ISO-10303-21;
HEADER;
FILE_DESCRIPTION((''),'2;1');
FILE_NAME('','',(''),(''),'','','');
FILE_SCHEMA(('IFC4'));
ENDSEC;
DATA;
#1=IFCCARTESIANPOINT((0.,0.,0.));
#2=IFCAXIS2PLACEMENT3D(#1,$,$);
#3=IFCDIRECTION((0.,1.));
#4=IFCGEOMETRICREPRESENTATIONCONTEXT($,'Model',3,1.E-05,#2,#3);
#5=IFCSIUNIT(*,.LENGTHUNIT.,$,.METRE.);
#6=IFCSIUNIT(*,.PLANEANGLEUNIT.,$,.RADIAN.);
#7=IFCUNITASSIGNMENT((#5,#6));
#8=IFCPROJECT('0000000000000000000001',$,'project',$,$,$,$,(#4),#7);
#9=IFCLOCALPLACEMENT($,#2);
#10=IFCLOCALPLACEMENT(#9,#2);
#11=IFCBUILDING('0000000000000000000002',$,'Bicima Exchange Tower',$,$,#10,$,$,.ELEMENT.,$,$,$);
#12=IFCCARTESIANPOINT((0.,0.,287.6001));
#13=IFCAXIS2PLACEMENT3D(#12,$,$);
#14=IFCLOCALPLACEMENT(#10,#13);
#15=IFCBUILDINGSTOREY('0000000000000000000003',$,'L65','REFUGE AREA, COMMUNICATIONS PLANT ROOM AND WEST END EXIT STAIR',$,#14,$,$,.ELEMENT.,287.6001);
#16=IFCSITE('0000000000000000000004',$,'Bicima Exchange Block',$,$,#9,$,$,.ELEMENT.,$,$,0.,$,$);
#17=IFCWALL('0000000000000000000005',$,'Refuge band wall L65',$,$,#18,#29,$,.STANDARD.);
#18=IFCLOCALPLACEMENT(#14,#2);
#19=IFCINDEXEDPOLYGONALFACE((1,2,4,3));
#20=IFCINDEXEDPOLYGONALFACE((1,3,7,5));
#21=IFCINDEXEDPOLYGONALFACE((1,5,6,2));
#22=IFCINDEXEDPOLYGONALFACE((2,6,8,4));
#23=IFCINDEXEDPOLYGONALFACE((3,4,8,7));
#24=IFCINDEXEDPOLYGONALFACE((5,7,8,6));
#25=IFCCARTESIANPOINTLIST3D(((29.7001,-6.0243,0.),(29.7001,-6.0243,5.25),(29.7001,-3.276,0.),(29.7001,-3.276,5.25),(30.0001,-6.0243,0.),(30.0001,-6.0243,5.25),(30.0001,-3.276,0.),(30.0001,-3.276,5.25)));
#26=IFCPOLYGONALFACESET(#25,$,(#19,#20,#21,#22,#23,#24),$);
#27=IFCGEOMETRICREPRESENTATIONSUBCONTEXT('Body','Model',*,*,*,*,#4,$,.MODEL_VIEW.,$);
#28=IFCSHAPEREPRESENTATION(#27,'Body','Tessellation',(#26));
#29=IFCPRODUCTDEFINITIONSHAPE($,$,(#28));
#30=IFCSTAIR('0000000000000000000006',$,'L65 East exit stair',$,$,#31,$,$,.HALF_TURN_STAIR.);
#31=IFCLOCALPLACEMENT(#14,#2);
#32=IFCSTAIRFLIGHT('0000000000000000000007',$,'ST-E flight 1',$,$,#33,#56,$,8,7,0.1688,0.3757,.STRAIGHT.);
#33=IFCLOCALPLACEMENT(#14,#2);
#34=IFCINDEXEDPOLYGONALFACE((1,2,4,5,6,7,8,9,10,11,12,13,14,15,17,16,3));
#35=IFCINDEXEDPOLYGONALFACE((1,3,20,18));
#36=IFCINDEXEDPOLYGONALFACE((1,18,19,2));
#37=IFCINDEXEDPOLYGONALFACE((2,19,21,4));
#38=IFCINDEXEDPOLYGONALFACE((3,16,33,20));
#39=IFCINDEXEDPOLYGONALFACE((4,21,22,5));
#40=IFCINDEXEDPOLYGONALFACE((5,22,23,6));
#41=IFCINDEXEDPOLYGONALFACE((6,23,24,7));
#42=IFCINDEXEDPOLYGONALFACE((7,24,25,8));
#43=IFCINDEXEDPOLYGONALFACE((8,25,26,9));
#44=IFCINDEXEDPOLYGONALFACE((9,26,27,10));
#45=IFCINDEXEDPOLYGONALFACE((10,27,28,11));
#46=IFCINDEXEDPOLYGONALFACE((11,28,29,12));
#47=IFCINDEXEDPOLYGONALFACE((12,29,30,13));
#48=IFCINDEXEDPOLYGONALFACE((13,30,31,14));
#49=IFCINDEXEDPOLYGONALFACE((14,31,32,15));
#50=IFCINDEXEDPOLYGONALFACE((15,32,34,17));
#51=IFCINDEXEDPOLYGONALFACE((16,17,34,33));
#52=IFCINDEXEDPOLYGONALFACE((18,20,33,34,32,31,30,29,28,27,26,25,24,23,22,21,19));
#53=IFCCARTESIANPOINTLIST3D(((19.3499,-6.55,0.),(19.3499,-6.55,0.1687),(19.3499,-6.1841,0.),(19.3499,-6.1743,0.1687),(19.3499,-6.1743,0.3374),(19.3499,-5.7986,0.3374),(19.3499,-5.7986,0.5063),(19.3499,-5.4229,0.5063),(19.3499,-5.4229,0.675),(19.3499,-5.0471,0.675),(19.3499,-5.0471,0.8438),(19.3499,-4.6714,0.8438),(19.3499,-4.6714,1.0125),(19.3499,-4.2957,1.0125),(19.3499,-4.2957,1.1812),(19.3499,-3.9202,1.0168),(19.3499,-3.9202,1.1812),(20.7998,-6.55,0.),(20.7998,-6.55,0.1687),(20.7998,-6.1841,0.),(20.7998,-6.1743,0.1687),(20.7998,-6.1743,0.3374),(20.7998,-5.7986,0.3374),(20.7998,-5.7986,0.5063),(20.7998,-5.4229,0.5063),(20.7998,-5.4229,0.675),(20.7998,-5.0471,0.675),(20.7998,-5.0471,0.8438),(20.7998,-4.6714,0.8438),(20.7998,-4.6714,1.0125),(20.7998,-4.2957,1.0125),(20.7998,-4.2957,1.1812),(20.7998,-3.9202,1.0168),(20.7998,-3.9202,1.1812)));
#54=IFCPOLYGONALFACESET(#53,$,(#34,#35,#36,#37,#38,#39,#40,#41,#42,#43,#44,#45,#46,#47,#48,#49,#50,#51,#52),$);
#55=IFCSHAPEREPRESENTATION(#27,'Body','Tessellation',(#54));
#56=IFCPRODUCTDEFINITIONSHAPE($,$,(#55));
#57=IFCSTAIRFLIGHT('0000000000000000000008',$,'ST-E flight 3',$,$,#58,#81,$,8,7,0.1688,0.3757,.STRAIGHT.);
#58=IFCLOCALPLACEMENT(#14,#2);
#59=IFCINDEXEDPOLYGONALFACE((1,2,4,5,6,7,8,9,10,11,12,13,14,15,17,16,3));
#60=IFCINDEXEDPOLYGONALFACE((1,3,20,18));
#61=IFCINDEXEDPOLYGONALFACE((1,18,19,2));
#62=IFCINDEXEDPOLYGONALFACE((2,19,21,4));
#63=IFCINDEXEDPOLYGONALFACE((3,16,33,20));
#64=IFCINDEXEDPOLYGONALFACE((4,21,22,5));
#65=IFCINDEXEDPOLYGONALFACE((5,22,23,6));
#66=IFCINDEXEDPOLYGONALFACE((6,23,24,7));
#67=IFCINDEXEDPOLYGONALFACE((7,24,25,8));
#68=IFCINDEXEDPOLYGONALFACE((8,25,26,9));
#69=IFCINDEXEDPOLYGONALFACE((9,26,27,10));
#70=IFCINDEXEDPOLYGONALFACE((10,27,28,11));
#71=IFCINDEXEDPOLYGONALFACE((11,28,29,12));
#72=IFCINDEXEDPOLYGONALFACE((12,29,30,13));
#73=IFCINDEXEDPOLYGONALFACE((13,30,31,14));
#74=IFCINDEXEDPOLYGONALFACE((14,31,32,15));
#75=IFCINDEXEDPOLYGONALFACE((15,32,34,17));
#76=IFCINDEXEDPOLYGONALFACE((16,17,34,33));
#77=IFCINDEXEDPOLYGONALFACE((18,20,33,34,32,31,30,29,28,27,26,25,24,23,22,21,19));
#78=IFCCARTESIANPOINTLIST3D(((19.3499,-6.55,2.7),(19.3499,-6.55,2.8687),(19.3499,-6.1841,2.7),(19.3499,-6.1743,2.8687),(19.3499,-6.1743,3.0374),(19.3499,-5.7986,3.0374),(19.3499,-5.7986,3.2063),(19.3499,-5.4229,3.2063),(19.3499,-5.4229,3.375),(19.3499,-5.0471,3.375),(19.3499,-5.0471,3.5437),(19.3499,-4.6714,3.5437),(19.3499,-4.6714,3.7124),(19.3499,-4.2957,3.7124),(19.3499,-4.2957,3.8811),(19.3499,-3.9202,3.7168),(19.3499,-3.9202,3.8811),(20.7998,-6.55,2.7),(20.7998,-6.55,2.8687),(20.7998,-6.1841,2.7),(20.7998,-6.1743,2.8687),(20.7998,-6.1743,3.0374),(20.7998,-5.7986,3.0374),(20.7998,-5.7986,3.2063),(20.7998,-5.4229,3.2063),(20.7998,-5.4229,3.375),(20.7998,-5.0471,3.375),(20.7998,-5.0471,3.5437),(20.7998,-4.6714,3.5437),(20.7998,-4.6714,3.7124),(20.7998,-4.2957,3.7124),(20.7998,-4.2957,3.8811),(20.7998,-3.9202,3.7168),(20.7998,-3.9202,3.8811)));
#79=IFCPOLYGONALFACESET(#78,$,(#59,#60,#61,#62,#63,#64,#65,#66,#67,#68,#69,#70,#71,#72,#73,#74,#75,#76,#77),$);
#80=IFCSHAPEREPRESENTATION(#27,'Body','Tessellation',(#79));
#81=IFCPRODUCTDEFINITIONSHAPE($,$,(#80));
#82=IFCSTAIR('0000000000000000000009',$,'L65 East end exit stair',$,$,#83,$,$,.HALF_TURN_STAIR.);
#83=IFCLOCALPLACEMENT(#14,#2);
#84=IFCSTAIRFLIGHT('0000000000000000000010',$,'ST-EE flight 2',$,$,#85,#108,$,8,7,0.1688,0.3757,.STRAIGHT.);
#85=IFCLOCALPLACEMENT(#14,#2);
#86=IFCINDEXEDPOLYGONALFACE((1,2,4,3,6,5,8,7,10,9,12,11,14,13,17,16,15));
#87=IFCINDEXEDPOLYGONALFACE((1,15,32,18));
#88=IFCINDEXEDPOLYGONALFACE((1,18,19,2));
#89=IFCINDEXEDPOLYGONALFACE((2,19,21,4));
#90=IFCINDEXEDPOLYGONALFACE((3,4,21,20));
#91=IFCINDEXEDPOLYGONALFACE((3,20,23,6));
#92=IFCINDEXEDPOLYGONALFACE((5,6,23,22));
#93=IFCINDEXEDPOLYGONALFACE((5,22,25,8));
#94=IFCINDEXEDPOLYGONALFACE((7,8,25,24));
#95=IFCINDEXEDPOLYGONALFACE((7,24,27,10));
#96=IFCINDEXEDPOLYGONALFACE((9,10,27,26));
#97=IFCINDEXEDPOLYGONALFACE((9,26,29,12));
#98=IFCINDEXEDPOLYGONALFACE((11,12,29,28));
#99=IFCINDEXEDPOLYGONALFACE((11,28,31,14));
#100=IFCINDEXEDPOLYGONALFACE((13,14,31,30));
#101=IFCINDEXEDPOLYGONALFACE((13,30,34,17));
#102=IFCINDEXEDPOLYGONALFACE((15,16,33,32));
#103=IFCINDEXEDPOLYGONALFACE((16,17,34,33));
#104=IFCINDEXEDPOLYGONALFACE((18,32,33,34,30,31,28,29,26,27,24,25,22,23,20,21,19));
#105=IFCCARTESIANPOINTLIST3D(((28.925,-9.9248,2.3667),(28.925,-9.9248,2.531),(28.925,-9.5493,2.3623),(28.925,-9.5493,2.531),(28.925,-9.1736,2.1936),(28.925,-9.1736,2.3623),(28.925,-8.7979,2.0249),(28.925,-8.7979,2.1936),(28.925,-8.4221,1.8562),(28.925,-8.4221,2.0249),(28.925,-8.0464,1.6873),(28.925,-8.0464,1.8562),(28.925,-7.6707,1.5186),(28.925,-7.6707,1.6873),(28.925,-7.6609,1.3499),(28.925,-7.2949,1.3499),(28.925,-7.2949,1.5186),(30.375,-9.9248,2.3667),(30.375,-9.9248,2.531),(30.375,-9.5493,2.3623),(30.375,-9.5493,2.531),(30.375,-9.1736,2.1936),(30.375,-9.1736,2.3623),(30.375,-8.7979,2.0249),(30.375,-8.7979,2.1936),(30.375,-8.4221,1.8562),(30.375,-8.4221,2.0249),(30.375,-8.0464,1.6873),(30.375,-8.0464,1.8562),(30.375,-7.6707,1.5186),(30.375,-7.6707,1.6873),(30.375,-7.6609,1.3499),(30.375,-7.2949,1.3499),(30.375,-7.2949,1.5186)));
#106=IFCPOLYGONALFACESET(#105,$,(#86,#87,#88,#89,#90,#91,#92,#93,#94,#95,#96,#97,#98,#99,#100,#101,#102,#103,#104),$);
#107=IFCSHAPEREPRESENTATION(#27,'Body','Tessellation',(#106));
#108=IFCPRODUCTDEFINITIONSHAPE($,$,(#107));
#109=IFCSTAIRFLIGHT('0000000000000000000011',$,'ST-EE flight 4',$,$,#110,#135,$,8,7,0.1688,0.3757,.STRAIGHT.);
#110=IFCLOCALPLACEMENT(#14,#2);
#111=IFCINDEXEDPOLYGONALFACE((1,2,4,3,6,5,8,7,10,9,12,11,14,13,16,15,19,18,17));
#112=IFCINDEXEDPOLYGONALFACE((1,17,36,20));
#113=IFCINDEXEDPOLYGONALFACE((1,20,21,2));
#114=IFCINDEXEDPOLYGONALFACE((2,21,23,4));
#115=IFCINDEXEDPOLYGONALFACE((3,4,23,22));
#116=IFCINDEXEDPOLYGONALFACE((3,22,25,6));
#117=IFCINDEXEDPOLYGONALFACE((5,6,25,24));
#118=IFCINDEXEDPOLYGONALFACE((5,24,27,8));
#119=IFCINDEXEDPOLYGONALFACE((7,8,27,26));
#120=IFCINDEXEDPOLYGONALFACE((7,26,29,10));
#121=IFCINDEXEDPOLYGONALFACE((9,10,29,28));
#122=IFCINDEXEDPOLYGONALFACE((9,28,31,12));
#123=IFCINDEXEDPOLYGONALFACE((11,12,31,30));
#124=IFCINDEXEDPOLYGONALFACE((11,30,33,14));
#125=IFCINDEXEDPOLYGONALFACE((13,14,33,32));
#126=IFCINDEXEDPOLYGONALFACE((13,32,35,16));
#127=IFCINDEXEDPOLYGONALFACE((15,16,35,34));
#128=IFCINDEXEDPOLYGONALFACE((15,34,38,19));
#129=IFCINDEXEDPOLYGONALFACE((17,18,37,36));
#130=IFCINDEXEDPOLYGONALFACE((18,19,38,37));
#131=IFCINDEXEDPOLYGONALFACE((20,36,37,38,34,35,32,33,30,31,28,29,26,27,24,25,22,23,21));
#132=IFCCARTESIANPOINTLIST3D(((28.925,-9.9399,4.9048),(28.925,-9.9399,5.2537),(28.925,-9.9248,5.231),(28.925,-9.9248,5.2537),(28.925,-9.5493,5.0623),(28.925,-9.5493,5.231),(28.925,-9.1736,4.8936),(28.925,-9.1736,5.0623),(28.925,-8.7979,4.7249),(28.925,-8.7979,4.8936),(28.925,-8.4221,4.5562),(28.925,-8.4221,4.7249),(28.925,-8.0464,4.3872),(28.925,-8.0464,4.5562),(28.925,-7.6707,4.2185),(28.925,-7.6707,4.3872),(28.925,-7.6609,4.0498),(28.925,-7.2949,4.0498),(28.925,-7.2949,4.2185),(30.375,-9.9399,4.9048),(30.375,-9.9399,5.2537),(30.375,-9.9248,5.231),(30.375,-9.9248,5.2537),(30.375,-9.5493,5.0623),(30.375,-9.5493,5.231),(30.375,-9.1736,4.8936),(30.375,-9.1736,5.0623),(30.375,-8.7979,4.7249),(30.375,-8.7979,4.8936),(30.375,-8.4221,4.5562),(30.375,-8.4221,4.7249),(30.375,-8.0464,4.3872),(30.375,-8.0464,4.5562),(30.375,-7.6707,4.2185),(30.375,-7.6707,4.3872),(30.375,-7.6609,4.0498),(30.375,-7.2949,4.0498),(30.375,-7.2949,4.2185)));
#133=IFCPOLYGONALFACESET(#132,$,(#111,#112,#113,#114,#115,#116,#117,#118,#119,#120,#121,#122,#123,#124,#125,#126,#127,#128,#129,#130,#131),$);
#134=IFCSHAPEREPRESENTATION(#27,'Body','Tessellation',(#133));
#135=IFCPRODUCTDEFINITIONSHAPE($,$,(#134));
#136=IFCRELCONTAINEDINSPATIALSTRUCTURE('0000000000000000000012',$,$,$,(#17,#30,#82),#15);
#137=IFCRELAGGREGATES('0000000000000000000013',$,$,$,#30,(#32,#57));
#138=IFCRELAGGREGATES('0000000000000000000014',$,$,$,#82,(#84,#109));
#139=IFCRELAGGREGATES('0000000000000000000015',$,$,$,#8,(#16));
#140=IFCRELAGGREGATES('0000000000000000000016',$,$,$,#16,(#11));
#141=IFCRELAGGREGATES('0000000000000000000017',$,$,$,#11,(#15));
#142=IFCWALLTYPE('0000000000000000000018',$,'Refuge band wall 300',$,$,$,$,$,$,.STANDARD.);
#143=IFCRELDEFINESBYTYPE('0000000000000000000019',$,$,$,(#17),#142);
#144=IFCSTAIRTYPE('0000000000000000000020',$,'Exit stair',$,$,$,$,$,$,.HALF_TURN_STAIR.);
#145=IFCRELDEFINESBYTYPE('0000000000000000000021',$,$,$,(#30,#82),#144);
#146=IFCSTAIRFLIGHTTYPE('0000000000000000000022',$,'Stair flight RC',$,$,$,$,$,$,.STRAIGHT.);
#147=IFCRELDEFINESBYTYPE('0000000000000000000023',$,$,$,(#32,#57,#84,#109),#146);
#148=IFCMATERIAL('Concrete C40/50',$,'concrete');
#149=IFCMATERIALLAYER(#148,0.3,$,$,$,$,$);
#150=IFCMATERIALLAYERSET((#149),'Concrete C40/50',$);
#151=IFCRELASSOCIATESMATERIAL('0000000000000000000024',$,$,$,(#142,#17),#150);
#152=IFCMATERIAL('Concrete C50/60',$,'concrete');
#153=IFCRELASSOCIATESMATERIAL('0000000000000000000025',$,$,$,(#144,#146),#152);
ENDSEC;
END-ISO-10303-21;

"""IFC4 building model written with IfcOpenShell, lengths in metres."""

from ifc_helpers import new_model, si_unit, direction, frame, frame_2d, origin, place, context, subcontext, project, spatial, polyline, rectangle, outline, extrude, material, layer, layer_set, layer_usage, type_object, element, aggregate, save


model = new_model("IFC4")

# Units and contexts
model_context = context("Model", 3, precision=1e-05, world=origin(), true_north=direction((0.0, 1.0)))
body_context = subcontext(model_context, "Body", "Model", "MODEL_VIEW")
ifc_project = project(units=[si_unit("LENGTHUNIT", "METRE"), si_unit("PLANEANGLEUNIT", "RADIAN")], contexts=[model_context])

# Site, building, storey
site_placement = place(None, origin())
site = spatial("IfcSite", under=ifc_project, at=site_placement, Name="Bicima Exchange Block", CompositionType="ELEMENT", RefElevation=0.0)
building_placement = place(site_placement, origin())
building = spatial("IfcBuilding", under=site, at=building_placement, Name="Bicima Exchange Tower", CompositionType="ELEMENT")
storey_placement = place(building_placement, frame((0.0, 0.0, 287.6001)))
storey = spatial("IfcBuildingStorey", under=building, at=storey_placement, Name="L65", Description="REFUGE AREA, COMMUNICATIONS PLANT ROOM AND WEST END EXIT STAIR", CompositionType="ELEMENT", Elevation=287.6001)

# Shared definitions
ifc_material_1 = material(Name="Concrete C40/50", Category="concrete")
ifc_material_2 = material(Name="Concrete C50/60", Category="concrete")

# Wall
ifc_layer_1 = layer(ifc_material_1, 0.3)
ifc_layer_set_1 = layer_set([ifc_layer_1], Name="Concrete C40/50")
ifc_layer_usage = layer_usage(ifc_layer_set_1, "AXIS2", "POSITIVE", -0.15)
wall_type_1 = type_object("IfcWallType", Name="Refuge band wall 300", PredefinedType="STANDARD", material=ifc_layer_set_1)
wall_1_placement = place(storey_placement, frame((29.8501, -6.0242, 0.0), z_axis=(0.0, 0.0, 1.0), x_axis=(0.0, 1.0, 0.0)))
element("IfcWall", 1, at=wall_1_placement, inside=storey, type_object=wall_type_1, material=ifc_layer_usage, Name="Refuge band wall L65", PredefinedType="STANDARD", context=body_context, shape_type="SweptSolid", body=[
    extrude(rectangle(XDim=2.7483, YDim=0.3, at=frame_2d((1.374, 0.0))), origin(), (0.0, 0.0, 1.0), 5.25),
])

# Stairs, stair flights
stair_type = type_object("IfcStairType", Name="Exit stair", PredefinedType="HALF_TURN_STAIR", material=ifc_material_2)
stair_1_placement = place(storey_placement, origin())
stair_1 = element("IfcStair", 2, at=stair_1_placement, inside=storey, type_object=stair_type, Name="L65 East exit stair", PredefinedType="HALF_TURN_STAIR")
stair_flight_type = type_object("IfcStairFlightType", Name="Stair flight RC", PredefinedType="STRAIGHT", material=ifc_material_2)
stair_flight_1_placement = place(storey_placement, frame((20.075, -6.55, 0.0), z_axis=(0.0, 0.0, 1.0), x_axis=(0.0, 1.0, 0.0)))
stair_flight_1 = element("IfcStairFlight", 3, at=stair_flight_1_placement, type_object=stair_flight_type, Name="ST-E flight 1", NumberOfRisers=8, NumberOfTreads=7, PredefinedType="STRAIGHT", RiserHeight=0.1688, TreadLength=0.3757, context=body_context, shape_type="SweptSolid", body=[
    extrude(outline(polyline([(0.0, 0.0), (0.0, 0.1687), (0.3757, 0.1687), (0.3757, 0.3374), (0.7515, 0.3374), (0.7515, 0.5063), (1.1272, 0.5063), (1.1272, 0.675), (1.5029, 0.675), (1.5029, 0.8438), (1.8787, 0.8438), (1.8787, 1.0125), (2.2544, 1.0125), (2.2544, 1.1812), (2.6299, 1.1812), (2.6299, 1.3501), (2.6299, 1.0168), (0.366, 0.0), (0.0, 0.0)])), frame((0.0, 0.7251, 0.0), z_axis=(0.0, -1.0, 0.0), x_axis=(1.0, 0.0, 0.0)), (0.0, 0.0, 1.0), 1.45),
])
stair_flight_2_placement = place(storey_placement, frame((20.075, -6.55, 2.7), z_axis=(0.0, 0.0, 1.0), x_axis=(0.0, 1.0, 0.0)))
stair_flight_2 = element("IfcStairFlight", 4, at=stair_flight_2_placement, type_object=stair_flight_type, Name="ST-E flight 3", NumberOfRisers=8, NumberOfTreads=7, PredefinedType="STRAIGHT", RiserHeight=0.1688, TreadLength=0.3757, context=body_context, shape_type="SweptSolid", body=[
    extrude(outline(polyline([(0.0, 0.0), (0.0, 0.1687), (0.3757, 0.1687), (0.3757, 0.3374), (0.7515, 0.3374), (0.7515, 0.5063), (1.1272, 0.5063), (1.1272, 0.675), (1.5029, 0.675), (1.5029, 0.8438), (1.8787, 0.8438), (1.8787, 1.0125), (2.2544, 1.0125), (2.2544, 1.1812), (2.6299, 1.1812), (2.6299, 1.3501), (2.6299, 1.0168), (0.366, 0.0), (0.0, 0.0)])), frame((0.0, 0.7251, 0.0), z_axis=(0.0, -1.0, 0.0), x_axis=(1.0, 0.0, 0.0)), (0.0, 0.0, 1.0), 1.45),
])
aggregate(stair_1, [stair_flight_1, stair_flight_2])
stair_2_placement = place(storey_placement, origin())
stair_2 = element("IfcStair", 5, at=stair_2_placement, inside=storey, type_object=stair_type, Name="L65 East end exit stair", PredefinedType="HALF_TURN_STAIR")
stair_flight_3_placement = place(storey_placement, frame((29.6499, -7.2949, 1.3499), z_axis=(0.0, 0.0, 1.0), x_axis=(0.0, -1.0, 0.0)))
stair_flight_3 = element("IfcStairFlight", 6, at=stair_flight_3_placement, type_object=stair_flight_type, Name="ST-EE flight 2", NumberOfRisers=8, NumberOfTreads=7, PredefinedType="STRAIGHT", RiserHeight=0.1688, TreadLength=0.3757, context=body_context, shape_type="SweptSolid", body=[
    extrude(outline(polyline([(0.0, 0.0), (0.0, 0.1687), (0.3757, 0.1687), (0.3757, 0.3374), (0.7515, 0.3374), (0.7515, 0.5063), (1.1272, 0.5063), (1.1272, 0.675), (1.5029, 0.675), (1.5029, 0.8438), (1.8787, 0.8438), (1.8787, 1.0125), (2.2544, 1.0125), (2.2544, 1.1812), (2.6299, 1.1812), (2.6299, 1.3501), (2.6299, 1.0168), (0.366, 0.0), (0.0, 0.0)])), frame((0.0, 0.7251, 0.0), z_axis=(0.0, -1.0, 0.0), x_axis=(1.0, 0.0, 0.0)), (0.0, 0.0, 1.0), 1.45),
])
stair_flight_4_placement = place(storey_placement, frame((29.6499, -7.2949, 4.0498), z_axis=(0.0, 0.0, 1.0), x_axis=(0.0, -1.0, 0.0)))
stair_flight_4 = element("IfcStairFlight", 7, at=stair_flight_4_placement, type_object=stair_flight_type, Name="ST-EE flight 4", NumberOfRisers=8, NumberOfTreads=7, PredefinedType="STRAIGHT", RiserHeight=0.1688, TreadLength=0.3757, context=body_context, shape_type="SweptSolid", body=[
    extrude(outline(polyline([(0.0, 0.0), (0.0, 0.1687), (0.3757, 0.1687), (0.3757, 0.3374), (0.7515, 0.3374), (0.7515, 0.5063), (1.1272, 0.5063), (1.1272, 0.675), (1.5029, 0.675), (1.5029, 0.8438), (1.8787, 0.8438), (1.8787, 1.0125), (2.2544, 1.0125), (2.2544, 1.1812), (2.6299, 1.1812), (2.6299, 1.2039), (2.645, 1.2039), (2.645, 0.855), (0.366, 0.0), (0.0, 0.0)])), frame((0.0, 0.7251, 0.0), z_axis=(0.0, -1.0, 0.0), x_axis=(1.0, 0.0, 0.0)), (0.0, 0.0, 1.0), 1.45),
])
aggregate(stair_2, [stair_flight_3, stair_flight_4])

save(model, "model.ifc")
